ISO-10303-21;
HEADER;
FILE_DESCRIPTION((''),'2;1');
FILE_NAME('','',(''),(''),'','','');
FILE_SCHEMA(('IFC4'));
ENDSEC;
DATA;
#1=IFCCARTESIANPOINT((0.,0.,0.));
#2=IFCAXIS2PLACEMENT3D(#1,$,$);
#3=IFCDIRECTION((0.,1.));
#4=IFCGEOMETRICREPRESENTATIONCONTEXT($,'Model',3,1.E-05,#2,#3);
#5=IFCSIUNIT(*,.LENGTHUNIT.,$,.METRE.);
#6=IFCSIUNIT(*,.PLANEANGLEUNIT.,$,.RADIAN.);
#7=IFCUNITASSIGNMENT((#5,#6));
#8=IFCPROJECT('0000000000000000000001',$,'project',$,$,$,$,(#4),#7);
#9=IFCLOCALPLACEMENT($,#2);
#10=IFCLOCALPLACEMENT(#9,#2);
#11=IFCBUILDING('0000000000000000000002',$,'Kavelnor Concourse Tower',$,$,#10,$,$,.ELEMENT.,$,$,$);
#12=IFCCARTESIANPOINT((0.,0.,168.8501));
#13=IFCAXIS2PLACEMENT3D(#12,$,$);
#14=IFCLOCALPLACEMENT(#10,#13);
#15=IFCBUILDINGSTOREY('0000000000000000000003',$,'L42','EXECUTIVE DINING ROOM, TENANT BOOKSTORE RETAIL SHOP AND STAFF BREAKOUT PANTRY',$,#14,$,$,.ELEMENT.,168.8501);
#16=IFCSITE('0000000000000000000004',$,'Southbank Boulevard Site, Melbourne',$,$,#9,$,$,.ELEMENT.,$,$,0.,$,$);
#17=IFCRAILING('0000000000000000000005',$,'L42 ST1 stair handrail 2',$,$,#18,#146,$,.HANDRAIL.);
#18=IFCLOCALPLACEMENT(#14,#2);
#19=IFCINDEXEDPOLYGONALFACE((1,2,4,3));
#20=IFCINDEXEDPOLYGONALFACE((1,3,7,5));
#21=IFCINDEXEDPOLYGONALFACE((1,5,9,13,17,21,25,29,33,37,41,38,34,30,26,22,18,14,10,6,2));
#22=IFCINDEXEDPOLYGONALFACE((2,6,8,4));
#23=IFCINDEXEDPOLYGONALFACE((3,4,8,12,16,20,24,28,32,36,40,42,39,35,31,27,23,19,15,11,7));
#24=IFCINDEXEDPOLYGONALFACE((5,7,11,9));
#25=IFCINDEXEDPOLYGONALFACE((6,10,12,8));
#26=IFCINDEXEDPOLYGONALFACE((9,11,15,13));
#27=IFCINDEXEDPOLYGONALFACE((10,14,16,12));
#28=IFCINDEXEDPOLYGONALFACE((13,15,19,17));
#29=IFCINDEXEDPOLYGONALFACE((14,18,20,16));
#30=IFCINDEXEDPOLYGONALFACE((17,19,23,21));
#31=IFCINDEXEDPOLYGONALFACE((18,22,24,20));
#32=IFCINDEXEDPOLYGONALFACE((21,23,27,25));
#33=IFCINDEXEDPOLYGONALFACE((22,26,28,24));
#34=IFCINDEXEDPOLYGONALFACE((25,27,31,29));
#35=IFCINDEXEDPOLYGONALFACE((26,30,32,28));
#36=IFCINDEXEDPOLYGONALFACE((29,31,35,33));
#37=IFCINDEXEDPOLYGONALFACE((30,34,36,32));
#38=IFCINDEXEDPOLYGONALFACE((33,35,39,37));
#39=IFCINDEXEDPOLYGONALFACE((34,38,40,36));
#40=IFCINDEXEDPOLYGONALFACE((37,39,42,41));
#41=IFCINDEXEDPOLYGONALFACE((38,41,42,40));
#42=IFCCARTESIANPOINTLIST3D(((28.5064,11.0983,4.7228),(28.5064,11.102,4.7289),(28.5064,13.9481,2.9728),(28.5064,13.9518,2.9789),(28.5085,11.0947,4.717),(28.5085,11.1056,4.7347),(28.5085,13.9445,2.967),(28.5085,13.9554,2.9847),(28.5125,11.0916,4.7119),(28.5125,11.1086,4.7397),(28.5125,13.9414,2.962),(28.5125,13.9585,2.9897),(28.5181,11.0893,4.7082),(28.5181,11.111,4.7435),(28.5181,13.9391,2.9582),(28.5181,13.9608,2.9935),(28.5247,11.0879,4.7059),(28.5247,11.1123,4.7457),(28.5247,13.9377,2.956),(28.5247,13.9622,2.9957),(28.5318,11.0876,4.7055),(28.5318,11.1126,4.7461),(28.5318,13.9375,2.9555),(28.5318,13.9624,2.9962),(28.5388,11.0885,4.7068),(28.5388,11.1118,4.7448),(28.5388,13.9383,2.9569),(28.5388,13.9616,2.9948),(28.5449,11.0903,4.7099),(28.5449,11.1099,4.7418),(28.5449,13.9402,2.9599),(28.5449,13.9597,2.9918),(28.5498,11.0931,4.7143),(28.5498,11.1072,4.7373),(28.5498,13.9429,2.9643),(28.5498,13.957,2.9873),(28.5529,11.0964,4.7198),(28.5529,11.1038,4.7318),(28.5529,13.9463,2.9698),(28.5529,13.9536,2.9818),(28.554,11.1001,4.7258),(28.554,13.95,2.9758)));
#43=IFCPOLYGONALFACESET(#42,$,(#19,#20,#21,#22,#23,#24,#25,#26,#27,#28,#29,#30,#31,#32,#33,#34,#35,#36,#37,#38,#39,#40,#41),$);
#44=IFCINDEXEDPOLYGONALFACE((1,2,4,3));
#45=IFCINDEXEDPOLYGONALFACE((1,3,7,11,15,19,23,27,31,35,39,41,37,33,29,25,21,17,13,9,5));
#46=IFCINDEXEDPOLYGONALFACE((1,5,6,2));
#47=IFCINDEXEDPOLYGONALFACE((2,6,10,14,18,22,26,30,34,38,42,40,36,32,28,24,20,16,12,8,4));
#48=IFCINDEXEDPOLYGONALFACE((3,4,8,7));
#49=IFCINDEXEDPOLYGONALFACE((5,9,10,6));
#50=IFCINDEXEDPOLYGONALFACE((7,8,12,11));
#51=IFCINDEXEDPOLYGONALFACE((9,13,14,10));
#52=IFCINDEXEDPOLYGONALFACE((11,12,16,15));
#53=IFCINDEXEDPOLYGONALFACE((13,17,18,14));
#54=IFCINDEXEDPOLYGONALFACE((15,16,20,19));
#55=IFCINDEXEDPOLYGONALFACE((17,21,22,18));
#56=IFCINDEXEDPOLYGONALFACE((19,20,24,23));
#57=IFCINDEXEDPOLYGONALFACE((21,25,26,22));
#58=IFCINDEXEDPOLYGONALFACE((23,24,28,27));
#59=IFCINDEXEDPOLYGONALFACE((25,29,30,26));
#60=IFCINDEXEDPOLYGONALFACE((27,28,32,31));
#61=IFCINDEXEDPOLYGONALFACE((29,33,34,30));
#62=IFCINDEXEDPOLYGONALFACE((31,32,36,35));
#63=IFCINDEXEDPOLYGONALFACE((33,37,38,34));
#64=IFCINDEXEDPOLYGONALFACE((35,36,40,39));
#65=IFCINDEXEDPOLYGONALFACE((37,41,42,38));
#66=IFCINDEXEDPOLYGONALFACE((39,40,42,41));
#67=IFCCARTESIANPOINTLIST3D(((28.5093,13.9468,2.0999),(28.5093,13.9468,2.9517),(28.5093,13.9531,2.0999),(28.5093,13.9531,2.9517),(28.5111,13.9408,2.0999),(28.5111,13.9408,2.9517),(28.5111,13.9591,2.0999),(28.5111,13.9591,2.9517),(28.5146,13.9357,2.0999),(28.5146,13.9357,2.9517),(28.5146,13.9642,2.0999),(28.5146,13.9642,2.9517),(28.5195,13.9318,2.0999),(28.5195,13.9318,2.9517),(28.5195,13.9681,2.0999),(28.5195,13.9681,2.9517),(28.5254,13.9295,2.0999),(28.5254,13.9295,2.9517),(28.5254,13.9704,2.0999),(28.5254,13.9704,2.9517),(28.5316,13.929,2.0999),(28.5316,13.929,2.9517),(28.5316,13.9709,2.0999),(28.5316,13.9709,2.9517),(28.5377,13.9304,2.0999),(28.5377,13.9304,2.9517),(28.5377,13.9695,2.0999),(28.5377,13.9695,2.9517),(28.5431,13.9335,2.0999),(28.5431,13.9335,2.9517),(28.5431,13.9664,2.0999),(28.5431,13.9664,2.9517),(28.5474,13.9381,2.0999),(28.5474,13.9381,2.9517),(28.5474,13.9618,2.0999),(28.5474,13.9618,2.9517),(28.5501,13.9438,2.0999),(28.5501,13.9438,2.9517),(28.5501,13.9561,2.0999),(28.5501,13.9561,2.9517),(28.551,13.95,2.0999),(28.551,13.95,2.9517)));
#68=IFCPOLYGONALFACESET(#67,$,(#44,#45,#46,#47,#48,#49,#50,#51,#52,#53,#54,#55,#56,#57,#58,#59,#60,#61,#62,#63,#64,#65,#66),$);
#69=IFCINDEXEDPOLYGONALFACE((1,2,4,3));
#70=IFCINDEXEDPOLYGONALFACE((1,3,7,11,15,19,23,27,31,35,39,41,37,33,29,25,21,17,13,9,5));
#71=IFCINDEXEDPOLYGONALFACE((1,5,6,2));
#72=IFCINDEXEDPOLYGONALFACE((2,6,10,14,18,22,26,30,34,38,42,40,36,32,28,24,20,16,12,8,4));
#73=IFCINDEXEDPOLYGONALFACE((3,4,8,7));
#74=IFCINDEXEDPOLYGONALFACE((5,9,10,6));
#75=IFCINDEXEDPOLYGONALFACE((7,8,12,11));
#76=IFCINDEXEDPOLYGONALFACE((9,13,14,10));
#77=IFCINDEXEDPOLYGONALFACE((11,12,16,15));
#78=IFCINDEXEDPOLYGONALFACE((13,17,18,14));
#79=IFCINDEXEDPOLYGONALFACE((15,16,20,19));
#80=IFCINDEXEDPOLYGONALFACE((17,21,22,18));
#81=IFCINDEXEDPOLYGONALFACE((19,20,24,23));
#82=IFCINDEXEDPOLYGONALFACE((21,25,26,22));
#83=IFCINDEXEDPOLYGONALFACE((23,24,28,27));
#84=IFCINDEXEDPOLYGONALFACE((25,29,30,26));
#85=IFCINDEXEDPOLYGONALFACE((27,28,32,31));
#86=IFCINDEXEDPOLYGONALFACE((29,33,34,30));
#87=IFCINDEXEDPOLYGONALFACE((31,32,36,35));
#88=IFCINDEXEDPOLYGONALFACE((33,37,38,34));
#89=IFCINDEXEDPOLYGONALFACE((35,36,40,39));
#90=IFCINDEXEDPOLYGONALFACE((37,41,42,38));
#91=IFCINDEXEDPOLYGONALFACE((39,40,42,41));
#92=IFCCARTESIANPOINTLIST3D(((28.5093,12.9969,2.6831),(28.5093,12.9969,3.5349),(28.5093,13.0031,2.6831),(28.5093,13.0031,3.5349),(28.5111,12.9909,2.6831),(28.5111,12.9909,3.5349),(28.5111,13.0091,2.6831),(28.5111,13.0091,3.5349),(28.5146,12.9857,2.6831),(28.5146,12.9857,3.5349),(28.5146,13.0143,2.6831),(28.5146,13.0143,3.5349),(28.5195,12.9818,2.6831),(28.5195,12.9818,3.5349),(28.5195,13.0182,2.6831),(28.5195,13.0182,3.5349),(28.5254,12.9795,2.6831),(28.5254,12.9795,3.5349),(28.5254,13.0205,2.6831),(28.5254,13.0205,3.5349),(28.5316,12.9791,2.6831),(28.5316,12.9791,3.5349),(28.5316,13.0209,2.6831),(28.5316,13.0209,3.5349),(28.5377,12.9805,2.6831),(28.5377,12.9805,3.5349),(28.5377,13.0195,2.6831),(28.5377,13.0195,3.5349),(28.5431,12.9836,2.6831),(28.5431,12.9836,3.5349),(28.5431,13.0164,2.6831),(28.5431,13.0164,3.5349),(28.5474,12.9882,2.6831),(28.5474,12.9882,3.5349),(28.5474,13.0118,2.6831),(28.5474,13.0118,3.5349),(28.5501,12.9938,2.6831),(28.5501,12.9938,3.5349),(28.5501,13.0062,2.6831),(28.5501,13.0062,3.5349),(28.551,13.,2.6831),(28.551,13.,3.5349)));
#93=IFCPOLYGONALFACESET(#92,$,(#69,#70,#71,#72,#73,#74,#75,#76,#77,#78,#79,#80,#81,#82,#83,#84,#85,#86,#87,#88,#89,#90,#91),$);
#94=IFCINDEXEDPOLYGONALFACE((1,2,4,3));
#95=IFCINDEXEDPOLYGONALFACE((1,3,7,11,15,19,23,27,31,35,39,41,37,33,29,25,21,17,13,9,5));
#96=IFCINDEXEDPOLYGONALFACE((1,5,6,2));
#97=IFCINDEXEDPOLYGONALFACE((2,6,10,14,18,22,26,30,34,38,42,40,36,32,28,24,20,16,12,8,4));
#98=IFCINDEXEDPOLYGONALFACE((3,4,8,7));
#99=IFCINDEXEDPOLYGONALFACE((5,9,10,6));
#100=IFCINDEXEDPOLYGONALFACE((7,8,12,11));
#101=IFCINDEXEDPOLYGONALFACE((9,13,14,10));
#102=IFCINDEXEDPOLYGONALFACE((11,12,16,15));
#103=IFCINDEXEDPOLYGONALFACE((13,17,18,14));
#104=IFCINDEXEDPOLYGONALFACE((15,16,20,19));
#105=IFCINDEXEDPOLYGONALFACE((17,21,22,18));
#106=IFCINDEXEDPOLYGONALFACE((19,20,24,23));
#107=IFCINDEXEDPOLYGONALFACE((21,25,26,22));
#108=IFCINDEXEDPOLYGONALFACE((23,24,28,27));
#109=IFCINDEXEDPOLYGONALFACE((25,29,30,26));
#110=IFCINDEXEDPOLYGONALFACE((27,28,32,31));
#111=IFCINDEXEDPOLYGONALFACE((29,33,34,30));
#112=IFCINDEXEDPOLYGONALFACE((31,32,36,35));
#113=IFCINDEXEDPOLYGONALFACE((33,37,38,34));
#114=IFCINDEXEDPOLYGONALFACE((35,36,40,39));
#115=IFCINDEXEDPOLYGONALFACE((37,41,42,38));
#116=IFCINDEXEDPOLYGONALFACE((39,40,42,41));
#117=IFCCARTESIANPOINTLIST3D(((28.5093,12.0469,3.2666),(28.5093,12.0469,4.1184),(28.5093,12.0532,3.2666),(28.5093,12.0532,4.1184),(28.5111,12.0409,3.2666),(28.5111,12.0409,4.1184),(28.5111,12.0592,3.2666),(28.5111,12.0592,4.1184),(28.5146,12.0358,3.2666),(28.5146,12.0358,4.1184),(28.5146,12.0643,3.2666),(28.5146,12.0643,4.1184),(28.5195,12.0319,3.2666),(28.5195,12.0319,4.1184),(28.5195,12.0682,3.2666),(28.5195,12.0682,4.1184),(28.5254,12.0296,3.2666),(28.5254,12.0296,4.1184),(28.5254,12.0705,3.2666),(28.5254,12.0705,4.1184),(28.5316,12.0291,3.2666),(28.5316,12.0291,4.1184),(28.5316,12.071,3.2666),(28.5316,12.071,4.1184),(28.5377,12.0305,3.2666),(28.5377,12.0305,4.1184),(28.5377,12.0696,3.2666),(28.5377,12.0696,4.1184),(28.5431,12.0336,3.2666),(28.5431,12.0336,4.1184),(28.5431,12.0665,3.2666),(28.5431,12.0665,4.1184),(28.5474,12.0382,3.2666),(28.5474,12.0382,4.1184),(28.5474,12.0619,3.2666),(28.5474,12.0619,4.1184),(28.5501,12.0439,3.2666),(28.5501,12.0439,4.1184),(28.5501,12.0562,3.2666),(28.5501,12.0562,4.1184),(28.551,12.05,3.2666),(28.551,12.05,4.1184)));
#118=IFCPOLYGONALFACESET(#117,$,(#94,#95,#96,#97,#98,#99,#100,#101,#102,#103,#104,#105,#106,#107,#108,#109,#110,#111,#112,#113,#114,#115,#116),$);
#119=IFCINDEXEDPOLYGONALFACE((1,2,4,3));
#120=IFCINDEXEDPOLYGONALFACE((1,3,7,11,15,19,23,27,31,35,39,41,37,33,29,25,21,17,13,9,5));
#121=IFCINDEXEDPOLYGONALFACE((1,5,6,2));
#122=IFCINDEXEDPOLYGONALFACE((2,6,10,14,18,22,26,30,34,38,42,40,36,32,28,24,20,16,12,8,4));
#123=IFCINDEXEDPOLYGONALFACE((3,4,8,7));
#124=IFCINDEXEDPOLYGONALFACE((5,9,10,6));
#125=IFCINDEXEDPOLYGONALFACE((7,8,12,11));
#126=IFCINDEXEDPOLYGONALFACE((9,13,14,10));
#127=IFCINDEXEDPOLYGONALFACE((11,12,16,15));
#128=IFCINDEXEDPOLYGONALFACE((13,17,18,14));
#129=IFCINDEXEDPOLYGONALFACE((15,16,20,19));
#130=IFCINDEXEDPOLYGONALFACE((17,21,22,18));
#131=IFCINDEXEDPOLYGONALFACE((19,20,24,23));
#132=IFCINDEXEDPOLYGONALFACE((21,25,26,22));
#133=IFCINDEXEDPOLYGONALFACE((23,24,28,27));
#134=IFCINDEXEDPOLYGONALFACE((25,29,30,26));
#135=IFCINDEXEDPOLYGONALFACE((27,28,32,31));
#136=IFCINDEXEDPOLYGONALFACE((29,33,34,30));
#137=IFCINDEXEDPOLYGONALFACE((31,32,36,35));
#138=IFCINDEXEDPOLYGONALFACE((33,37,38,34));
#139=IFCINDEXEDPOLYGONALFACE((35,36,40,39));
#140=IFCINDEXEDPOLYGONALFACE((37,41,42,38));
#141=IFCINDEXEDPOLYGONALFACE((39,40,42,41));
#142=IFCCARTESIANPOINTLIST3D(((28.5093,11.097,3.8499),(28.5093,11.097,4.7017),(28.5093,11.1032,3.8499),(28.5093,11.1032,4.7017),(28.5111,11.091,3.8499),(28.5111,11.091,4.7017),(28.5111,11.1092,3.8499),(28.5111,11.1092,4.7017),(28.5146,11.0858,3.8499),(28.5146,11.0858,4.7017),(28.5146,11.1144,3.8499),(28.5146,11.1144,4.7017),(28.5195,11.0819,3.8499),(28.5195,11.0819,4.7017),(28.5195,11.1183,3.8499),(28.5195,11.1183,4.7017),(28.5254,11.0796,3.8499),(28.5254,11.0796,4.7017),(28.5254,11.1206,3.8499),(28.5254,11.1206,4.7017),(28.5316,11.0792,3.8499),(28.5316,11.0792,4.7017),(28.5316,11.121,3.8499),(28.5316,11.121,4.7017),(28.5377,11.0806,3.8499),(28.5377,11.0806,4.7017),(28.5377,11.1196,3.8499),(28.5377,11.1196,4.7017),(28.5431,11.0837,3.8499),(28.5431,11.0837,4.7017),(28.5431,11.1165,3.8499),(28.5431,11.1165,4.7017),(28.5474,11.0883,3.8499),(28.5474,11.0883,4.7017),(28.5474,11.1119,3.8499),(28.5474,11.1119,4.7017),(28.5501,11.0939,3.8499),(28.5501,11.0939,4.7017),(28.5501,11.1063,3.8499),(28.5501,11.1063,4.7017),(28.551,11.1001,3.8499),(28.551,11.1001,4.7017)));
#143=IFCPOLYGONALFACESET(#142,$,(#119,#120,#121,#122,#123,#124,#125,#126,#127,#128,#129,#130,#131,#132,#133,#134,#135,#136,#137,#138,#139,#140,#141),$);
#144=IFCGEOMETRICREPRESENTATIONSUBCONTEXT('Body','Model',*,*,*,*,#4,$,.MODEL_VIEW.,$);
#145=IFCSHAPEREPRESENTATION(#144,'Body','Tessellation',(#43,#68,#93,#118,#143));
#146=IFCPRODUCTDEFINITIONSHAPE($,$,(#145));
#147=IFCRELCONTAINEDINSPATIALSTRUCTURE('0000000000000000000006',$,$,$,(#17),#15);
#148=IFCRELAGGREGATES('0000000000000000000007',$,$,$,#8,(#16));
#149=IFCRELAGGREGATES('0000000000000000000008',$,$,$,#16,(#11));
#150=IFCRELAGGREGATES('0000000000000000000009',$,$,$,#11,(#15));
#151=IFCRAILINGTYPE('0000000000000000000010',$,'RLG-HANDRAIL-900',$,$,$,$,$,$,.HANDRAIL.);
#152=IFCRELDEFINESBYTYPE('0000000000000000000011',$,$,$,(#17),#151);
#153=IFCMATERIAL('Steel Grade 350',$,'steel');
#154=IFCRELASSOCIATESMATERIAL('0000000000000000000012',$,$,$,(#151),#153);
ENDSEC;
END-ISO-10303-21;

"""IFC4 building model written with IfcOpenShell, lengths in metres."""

from ifc_helpers import new_model, si_unit, direction, frame, origin, origin_2d, place, context, subcontext, project, spatial, circle, extrude, material, type_object, element, save


model = new_model("IFC4")

# Units and contexts
model_context = context("Model", 3, precision=1e-05, world=origin(), true_north=direction((0.0, 1.0)))
body_context = subcontext(model_context, "Body", "Model", "MODEL_VIEW")
ifc_project = project(units=[si_unit("LENGTHUNIT", "METRE"), si_unit("PLANEANGLEUNIT", "RADIAN")], contexts=[model_context])

# Site, building, storey
site_placement = place(None, origin())
site = spatial("IfcSite", under=ifc_project, at=site_placement, Name="Southbank Boulevard Site, Melbourne", CompositionType="ELEMENT", RefElevation=0.0)
building_placement = place(site_placement, origin())
building = spatial("IfcBuilding", under=site, at=building_placement, Name="Kavelnor Concourse Tower", CompositionType="ELEMENT")
storey_placement = place(building_placement, frame((0.0, 0.0, 168.8501)))
storey = spatial("IfcBuildingStorey", under=building, at=storey_placement, Name="L42", Description="EXECUTIVE DINING ROOM, TENANT BOOKSTORE RETAIL SHOP AND STAFF BREAKOUT PANTRY", CompositionType="ELEMENT", Elevation=168.8501)

# Shared definitions
ifc_material_1 = material(Name="Steel Grade 350", Category="steel")

# Railing
railing_type_1 = type_object("IfcRailingType", Name="RLG-HANDRAIL-900", PredefinedType="HANDRAIL", material=ifc_material_1)
railing_1_placement = place(storey_placement, frame((28.53, 13.95, 2.0999)))
element("IfcRailing", 1, at=railing_1_placement, inside=storey, type_object=railing_type_1, Name="L42 ST1 stair handrail 2", PredefinedType="HANDRAIL", context=body_context, shape_type="SweptSolid", body=[
    extrude(circle(Radius=0.0239, at=origin_2d()), frame((0.0, 0.0, 0.876), z_axis=(0.0, -0.852159, 0.523283), x_axis=(1.0, 0.0, 0.0)), (0.0, 0.0, 1.0), 3.3442),
    extrude(circle(Radius=0.021, at=origin_2d()), origin(), (0.0, 0.0, 1.0), 0.8518),
    extrude(circle(Radius=0.021, at=origin_2d()), frame((0.0, -0.95, 0.5833)), (0.0, 0.0, 1.0), 0.8518),
    extrude(circle(Radius=0.021, at=origin_2d()), frame((0.0, -1.8999, 1.1667)), (0.0, 0.0, 1.0), 0.8518),
    extrude(circle(Radius=0.021, at=origin_2d()), frame((0.0, -2.8499, 1.75)), (0.0, 0.0, 1.0), 0.8518),
])

save(model, "model.ifc")
